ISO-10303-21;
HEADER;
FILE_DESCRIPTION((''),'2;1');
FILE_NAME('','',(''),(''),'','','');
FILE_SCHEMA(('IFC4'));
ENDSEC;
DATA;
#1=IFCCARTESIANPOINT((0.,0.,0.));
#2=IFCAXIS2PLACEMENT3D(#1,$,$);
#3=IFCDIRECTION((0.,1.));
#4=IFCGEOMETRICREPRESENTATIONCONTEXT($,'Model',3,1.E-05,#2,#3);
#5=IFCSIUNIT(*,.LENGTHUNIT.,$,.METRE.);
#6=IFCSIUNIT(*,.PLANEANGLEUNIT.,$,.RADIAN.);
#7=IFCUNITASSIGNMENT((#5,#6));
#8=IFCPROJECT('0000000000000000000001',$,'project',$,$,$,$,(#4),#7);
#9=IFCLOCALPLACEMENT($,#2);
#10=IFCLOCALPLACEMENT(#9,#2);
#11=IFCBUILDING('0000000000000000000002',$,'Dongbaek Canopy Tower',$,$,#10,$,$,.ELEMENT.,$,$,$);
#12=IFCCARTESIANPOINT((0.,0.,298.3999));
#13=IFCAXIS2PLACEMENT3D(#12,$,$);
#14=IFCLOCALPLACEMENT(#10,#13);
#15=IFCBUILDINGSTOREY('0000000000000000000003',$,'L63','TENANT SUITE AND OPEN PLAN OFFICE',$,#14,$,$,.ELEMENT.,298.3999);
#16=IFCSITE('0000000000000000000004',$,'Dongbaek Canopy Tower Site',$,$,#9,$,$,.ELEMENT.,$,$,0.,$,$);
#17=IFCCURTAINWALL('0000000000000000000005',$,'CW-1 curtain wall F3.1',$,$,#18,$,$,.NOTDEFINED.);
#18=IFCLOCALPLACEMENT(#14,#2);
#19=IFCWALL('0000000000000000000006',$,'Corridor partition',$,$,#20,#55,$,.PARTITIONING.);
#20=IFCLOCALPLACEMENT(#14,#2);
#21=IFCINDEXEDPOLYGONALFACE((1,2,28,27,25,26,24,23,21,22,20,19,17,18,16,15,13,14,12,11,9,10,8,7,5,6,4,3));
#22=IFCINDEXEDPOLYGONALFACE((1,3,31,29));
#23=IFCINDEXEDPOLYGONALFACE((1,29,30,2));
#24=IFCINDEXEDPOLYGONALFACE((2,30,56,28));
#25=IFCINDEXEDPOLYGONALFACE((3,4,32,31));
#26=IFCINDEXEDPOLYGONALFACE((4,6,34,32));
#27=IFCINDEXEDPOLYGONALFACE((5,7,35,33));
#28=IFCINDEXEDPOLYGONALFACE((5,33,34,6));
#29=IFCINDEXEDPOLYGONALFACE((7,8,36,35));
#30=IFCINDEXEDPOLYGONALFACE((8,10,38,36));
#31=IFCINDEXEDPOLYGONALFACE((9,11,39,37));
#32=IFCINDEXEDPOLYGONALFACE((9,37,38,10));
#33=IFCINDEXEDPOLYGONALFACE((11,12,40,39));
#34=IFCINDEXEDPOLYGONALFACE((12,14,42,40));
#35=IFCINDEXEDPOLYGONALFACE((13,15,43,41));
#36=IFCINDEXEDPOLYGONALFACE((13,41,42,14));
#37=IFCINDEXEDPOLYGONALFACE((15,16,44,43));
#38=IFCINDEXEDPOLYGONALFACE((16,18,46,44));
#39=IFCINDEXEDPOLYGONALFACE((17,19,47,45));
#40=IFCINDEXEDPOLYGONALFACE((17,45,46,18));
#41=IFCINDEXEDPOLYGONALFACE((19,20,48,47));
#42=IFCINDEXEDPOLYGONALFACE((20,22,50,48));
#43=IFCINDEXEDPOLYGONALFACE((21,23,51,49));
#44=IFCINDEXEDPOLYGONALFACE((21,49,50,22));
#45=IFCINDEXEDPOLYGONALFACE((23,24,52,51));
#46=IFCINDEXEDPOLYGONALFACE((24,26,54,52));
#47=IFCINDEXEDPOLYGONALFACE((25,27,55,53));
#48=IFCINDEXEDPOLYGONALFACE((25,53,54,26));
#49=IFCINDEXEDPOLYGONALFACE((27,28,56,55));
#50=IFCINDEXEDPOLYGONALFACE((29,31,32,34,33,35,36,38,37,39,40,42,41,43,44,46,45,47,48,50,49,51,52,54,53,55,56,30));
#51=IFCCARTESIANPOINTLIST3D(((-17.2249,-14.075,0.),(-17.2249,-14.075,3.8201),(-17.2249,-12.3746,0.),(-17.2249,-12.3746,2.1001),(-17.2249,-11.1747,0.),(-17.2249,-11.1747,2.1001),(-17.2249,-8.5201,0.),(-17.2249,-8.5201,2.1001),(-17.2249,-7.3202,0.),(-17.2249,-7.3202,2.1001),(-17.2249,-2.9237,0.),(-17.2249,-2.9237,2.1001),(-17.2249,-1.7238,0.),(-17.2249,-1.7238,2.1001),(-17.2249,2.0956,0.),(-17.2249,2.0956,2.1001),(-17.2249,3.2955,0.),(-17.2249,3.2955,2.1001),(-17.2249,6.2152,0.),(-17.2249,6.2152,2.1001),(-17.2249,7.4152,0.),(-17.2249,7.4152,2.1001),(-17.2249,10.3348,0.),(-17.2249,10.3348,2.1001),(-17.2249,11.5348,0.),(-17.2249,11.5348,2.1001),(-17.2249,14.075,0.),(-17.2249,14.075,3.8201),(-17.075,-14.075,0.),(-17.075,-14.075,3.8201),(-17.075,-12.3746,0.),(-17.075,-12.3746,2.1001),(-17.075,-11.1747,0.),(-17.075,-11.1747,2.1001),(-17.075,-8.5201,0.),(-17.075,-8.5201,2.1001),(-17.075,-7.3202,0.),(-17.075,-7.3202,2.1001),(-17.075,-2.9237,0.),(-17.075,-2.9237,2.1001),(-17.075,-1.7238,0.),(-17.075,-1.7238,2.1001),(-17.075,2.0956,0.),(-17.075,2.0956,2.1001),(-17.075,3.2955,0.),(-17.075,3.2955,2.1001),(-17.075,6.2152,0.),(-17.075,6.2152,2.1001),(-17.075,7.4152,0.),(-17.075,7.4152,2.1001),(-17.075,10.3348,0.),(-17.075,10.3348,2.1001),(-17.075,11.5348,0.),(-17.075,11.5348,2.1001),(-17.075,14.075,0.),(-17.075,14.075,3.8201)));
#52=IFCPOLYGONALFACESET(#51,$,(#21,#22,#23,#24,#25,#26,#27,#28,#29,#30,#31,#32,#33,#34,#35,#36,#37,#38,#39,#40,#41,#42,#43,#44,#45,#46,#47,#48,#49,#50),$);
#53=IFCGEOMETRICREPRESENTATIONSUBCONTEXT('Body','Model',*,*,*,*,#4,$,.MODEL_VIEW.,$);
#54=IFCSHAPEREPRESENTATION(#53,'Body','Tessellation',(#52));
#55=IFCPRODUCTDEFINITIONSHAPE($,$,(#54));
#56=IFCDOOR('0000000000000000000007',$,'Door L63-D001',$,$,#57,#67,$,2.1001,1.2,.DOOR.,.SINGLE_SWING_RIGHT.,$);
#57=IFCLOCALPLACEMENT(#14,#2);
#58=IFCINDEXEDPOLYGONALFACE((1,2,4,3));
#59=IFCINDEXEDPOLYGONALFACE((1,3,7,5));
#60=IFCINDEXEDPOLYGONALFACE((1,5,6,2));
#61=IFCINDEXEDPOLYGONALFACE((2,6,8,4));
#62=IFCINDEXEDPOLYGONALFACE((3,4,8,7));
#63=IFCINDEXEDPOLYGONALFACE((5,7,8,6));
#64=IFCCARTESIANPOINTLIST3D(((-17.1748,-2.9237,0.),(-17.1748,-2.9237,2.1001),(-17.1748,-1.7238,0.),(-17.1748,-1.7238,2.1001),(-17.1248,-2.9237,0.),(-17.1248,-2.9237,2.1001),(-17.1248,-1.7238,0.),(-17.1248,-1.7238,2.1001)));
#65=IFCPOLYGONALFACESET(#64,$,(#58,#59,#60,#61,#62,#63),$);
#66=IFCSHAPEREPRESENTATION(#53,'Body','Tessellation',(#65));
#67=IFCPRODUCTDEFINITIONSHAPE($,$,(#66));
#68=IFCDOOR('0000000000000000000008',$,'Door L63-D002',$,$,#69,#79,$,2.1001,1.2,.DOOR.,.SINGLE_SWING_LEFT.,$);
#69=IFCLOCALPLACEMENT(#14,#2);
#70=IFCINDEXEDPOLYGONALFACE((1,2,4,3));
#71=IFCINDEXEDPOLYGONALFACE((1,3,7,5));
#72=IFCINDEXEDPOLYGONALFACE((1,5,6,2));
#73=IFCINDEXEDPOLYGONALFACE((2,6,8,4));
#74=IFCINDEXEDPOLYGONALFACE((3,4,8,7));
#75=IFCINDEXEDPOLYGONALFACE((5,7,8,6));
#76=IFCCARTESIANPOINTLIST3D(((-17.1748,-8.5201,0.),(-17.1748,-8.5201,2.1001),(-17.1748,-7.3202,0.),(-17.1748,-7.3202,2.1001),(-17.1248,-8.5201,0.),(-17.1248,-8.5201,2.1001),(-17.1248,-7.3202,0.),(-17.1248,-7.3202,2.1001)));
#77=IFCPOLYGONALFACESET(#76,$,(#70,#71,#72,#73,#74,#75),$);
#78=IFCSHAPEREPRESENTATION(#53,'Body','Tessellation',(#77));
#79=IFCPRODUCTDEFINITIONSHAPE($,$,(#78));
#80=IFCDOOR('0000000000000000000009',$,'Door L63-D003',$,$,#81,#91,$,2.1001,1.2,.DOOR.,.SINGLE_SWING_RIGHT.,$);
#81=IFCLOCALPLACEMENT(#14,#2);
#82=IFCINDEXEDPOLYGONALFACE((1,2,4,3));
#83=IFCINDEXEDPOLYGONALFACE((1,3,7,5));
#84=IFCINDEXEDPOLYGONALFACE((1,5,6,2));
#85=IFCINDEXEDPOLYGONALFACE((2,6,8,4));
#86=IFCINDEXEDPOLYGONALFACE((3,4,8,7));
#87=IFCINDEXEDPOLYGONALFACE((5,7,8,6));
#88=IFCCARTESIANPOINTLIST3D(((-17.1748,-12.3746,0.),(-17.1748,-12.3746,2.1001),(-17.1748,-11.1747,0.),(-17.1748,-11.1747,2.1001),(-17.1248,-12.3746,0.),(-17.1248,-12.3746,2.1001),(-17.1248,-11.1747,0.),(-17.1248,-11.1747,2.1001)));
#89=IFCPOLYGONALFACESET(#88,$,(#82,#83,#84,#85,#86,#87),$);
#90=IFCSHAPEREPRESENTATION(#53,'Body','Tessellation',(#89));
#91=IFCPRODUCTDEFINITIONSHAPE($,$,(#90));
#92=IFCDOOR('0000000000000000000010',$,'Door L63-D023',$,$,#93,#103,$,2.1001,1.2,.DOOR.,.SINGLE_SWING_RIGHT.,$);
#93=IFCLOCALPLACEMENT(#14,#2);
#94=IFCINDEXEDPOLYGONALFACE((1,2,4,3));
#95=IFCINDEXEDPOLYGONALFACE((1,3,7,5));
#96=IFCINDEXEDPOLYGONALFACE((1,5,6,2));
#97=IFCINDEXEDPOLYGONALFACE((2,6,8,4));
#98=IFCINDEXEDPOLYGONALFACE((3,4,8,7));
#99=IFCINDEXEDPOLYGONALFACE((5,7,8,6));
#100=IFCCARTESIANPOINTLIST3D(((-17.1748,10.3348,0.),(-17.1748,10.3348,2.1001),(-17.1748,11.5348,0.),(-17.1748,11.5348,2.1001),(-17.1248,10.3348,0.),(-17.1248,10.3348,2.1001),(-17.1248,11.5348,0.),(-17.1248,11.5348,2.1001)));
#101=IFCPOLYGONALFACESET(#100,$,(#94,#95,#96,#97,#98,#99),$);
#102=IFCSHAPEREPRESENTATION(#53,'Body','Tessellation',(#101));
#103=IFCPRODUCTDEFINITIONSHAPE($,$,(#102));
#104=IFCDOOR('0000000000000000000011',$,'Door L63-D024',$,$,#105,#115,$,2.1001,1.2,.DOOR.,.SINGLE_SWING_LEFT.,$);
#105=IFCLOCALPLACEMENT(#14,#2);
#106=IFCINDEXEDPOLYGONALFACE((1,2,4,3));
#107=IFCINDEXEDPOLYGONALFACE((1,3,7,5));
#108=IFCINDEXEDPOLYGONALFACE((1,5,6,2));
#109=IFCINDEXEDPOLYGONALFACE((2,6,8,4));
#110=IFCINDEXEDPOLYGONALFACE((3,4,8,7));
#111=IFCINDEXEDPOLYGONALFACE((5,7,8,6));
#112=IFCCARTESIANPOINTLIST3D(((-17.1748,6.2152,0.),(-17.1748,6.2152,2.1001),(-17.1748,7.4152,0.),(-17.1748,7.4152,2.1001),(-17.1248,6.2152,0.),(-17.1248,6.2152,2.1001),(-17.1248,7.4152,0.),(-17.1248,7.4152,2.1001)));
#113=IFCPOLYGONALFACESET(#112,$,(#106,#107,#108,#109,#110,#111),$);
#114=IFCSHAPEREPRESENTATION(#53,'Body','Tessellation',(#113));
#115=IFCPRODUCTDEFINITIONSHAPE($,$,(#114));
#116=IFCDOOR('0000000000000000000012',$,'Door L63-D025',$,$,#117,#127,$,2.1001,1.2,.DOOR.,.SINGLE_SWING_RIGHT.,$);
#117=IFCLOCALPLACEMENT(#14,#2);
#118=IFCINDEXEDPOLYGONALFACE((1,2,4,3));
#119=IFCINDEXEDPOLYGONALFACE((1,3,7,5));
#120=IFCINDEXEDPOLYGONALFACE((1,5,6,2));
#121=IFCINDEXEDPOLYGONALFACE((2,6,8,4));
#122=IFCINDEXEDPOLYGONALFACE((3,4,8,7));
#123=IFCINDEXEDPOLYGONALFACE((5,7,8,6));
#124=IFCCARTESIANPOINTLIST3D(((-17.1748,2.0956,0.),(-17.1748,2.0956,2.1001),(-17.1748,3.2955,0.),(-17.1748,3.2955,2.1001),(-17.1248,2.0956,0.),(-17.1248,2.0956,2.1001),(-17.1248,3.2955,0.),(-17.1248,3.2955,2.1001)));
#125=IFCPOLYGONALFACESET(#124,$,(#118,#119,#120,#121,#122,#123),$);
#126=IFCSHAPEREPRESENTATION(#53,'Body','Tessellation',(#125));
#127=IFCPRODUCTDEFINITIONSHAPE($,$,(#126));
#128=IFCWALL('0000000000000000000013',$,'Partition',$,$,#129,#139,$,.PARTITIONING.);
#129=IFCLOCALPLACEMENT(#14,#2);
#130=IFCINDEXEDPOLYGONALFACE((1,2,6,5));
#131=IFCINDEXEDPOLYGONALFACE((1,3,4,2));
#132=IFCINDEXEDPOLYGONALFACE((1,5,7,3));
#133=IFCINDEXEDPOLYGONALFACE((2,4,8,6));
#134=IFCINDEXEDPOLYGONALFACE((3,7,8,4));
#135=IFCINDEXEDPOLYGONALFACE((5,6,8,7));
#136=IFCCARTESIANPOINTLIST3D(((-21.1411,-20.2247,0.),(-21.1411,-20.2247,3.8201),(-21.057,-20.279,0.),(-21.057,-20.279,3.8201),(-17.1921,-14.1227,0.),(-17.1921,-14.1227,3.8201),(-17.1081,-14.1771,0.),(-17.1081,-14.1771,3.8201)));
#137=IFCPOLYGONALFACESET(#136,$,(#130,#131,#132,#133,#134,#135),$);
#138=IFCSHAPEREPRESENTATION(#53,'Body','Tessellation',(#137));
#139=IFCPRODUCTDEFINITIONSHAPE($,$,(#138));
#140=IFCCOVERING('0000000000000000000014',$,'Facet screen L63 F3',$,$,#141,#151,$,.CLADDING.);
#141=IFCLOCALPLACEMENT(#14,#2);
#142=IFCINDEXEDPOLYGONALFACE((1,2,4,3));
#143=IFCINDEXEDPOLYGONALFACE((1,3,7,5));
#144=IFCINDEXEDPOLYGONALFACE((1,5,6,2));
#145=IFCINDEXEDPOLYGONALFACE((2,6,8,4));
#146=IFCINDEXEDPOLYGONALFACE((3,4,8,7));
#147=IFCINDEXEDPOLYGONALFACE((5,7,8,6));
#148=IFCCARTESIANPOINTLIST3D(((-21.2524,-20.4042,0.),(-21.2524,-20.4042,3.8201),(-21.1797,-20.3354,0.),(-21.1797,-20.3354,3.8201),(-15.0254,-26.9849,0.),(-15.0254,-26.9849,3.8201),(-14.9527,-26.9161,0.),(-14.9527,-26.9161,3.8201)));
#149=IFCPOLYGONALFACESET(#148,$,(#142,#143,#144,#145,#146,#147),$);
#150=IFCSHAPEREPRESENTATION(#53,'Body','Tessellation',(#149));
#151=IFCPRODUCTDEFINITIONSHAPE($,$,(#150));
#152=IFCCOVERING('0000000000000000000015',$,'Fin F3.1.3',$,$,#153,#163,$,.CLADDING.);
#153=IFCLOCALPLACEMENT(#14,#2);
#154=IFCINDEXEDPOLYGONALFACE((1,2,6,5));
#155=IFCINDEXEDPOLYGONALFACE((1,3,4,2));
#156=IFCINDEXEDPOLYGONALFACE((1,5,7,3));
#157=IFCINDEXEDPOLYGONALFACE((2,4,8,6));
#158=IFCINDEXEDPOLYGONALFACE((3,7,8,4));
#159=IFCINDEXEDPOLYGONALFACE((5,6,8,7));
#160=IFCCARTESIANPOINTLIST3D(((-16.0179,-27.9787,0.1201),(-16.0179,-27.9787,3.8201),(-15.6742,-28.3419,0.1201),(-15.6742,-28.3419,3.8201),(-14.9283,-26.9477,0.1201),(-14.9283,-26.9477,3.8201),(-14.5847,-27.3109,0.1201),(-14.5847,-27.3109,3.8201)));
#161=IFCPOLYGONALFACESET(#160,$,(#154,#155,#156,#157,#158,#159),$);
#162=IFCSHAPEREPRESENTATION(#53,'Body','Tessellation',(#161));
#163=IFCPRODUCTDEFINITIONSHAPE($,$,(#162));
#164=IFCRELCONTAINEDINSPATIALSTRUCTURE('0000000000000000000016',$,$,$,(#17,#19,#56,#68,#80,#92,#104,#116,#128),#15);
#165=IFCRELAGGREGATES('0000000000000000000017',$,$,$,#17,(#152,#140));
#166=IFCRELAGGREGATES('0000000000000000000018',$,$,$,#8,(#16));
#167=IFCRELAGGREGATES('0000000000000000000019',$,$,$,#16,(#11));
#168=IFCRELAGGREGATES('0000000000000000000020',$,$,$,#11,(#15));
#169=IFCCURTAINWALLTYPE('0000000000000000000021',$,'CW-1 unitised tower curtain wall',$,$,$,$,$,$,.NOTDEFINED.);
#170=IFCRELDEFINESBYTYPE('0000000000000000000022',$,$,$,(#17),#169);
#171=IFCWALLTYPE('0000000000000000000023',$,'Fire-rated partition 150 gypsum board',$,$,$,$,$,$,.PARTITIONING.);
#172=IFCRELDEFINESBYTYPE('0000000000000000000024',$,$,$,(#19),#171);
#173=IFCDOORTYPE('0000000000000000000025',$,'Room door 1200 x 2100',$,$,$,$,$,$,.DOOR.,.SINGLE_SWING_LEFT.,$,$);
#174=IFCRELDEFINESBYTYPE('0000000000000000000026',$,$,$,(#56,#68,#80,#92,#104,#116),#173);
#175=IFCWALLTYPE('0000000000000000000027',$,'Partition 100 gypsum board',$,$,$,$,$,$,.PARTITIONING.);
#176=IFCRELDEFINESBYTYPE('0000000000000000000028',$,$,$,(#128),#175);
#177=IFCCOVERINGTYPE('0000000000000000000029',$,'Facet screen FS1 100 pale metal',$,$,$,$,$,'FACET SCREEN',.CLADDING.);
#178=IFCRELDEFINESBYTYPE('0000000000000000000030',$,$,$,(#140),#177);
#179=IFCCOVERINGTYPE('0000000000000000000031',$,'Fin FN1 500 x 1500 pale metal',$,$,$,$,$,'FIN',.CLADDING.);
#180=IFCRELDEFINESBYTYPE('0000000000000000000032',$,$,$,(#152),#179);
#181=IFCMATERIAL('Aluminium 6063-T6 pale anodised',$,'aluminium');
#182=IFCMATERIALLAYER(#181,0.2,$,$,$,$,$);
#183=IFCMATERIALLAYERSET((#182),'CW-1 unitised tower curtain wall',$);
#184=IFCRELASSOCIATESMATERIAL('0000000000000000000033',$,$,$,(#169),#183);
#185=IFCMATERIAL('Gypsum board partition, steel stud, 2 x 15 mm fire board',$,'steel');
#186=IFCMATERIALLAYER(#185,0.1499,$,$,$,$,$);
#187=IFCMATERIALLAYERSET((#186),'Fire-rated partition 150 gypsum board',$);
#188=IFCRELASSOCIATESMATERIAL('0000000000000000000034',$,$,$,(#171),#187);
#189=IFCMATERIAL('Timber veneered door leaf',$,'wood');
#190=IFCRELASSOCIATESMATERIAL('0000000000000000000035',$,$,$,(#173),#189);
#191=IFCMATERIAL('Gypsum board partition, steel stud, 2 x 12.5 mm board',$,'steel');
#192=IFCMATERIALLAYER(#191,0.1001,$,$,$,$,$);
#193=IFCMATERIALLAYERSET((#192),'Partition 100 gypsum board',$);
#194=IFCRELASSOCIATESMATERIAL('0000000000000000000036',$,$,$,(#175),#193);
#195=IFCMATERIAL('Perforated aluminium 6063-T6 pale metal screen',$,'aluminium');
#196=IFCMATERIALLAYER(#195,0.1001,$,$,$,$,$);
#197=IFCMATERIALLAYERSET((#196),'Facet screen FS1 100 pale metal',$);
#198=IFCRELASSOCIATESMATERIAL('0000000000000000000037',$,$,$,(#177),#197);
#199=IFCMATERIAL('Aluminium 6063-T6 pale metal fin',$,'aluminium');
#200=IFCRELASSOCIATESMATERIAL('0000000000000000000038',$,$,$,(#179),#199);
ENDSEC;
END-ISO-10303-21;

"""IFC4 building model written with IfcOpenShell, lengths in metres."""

from ifc_helpers import new_model, si_unit, direction, frame, frame_2d, origin, origin_2d, place, context, subcontext, project, spatial, rectangle, extrude, material, layer, layer_set, material_profile, profile_set, type_object, element, fill, aggregate, save


model = new_model("IFC4")

# Units and contexts
model_context = context("Model", 3, precision=1e-05, world=origin(), true_north=direction((0.0, 1.0)))
body_context = subcontext(model_context, "Body", "Model", "MODEL_VIEW")
ifc_project = project(units=[si_unit("LENGTHUNIT", "METRE"), si_unit("PLANEANGLEUNIT", "RADIAN")], contexts=[model_context])

# Site, building, storey
site_placement = place(None, origin())
site = spatial("IfcSite", under=ifc_project, at=site_placement, Name="Dongbaek Canopy Tower Site", CompositionType="ELEMENT", RefElevation=0.0)
building_placement = place(site_placement, origin())
building = spatial("IfcBuilding", under=site, at=building_placement, Name="Dongbaek Canopy Tower", CompositionType="ELEMENT")
storey_placement = place(building_placement, frame((0.0, 0.0, 298.3999)))
storey = spatial("IfcBuildingStorey", under=building, at=storey_placement, Name="L63", Description="TENANT SUITE AND OPEN PLAN OFFICE", CompositionType="ELEMENT", Elevation=298.3999)

# Curtain wall
ifc_material_1 = material(Name="Aluminium 6063-T6 pale anodised", Category="aluminium")
ifc_layer_1 = layer(ifc_material_1, 0.2)
ifc_layer_set_1 = layer_set([ifc_layer_1], Name="CW-1 unitised tower curtain wall")
curtain_wall_type = type_object("IfcCurtainWallType", Name="CW-1 unitised tower curtain wall", PredefinedType="NOTDEFINED", material=ifc_layer_set_1)
curtain_wall_placement = place(storey_placement, origin())
curtain_wall = element("IfcCurtainWall", 1, at=curtain_wall_placement, inside=storey, type_object=curtain_wall_type, Name="CW-1 curtain wall F3.1", PredefinedType="NOTDEFINED")

# Wall, openings, doors
ifc_material_2 = material(Name="Gypsum board partition, steel stud, 2 x 15 mm fire board", Category="steel")
ifc_layer_2 = layer(ifc_material_2, 0.1499)
ifc_layer_set_2 = layer_set([ifc_layer_2], Name="Fire-rated partition 150 gypsum board")
wall_type_1 = type_object("IfcWallType", Name="Fire-rated partition 150 gypsum board", PredefinedType="PARTITIONING", material=ifc_layer_set_2)
wall_1_placement = place(storey_placement, frame((-17.1499, -14.075, 0.0), z_axis=(0.0, 0.0, 1.0), x_axis=(0.0, 1.0, 0.0)))
wall_1 = element("IfcWall", 2, at=wall_1_placement, inside=storey, type_object=wall_type_1, Name="Corridor partition", PredefinedType="PARTITIONING", context=body_context, shape_type="SweptSolid", body=[
    extrude(rectangle(XDim=28.1499, YDim=0.1499, at=frame_2d((14.075, 0.0))), origin(), (0.0, 0.0, 1.0), 3.8201),
])
opening_1_placement = place(wall_1_placement, frame((11.1511, 0.0, 0.0)))
opening_1 = element("IfcOpeningElement", 3, at=opening_1_placement, cuts=wall_1, PredefinedType="OPENING", context=body_context, shape_type="SweptSolid", body=[
    extrude(rectangle(XDim=1.2, YDim=2.1001, at=frame_2d((0.6001, 1.05))), frame((0.0, 0.085, 0.0), z_axis=(0.0, -1.0, 0.0), x_axis=(1.0, 0.0, 0.0)), (0.0, 0.0, 1.0), 0.1699),
])
opening_2_placement = place(wall_1_placement, frame((5.5547, 0.0, 0.0)))
opening_2 = element("IfcOpeningElement", 4, at=opening_2_placement, cuts=wall_1, PredefinedType="OPENING", context=body_context, shape_type="SweptSolid", body=[
    extrude(rectangle(XDim=1.2, YDim=2.1001, at=frame_2d((0.6001, 1.05))), frame((0.0, 0.085, 0.0), z_axis=(0.0, -1.0, 0.0), x_axis=(1.0, 0.0, 0.0)), (0.0, 0.0, 1.0), 0.1699),
])
opening_3_placement = place(wall_1_placement, frame((1.7002, 0.0, 0.0)))
opening_3 = element("IfcOpeningElement", 5, at=opening_3_placement, cuts=wall_1, PredefinedType="OPENING", context=body_context, shape_type="SweptSolid", body=[
    extrude(rectangle(XDim=1.2, YDim=2.1001, at=frame_2d((0.6001, 1.05))), frame((0.0, 0.085, 0.0), z_axis=(0.0, -1.0, 0.0), x_axis=(1.0, 0.0, 0.0)), (0.0, 0.0, 1.0), 0.1699),
])
opening_4_placement = place(wall_1_placement, frame((24.4097, 0.0, 0.0)))
opening_4 = element("IfcOpeningElement", 6, at=opening_4_placement, cuts=wall_1, PredefinedType="OPENING", context=body_context, shape_type="SweptSolid", body=[
    extrude(rectangle(XDim=1.2, YDim=2.1001, at=frame_2d((0.6001, 1.05))), frame((0.0, 0.085, 0.0), z_axis=(0.0, -1.0, 0.0), x_axis=(1.0, 0.0, 0.0)), (0.0, 0.0, 1.0), 0.1699),
])
opening_5_placement = place(wall_1_placement, frame((20.29, 0.0, 0.0)))
opening_5 = element("IfcOpeningElement", 7, at=opening_5_placement, cuts=wall_1, PredefinedType="OPENING", context=body_context, shape_type="SweptSolid", body=[
    extrude(rectangle(XDim=1.2, YDim=2.1001, at=frame_2d((0.6001, 1.05))), frame((0.0, 0.085, 0.0), z_axis=(0.0, -1.0, 0.0), x_axis=(1.0, 0.0, 0.0)), (0.0, 0.0, 1.0), 0.1699),
])
opening_6_placement = place(wall_1_placement, frame((16.1704, 0.0, 0.0)))
opening_6 = element("IfcOpeningElement", 8, at=opening_6_placement, cuts=wall_1, PredefinedType="OPENING", context=body_context, shape_type="SweptSolid", body=[
    extrude(rectangle(XDim=1.2, YDim=2.1001, at=frame_2d((0.6001, 1.05))), frame((0.0, 0.085, 0.0), z_axis=(0.0, -1.0, 0.0), x_axis=(1.0, 0.0, 0.0)), (0.0, 0.0, 1.0), 0.1699),
])
ifc_material_3 = material(Name="Timber veneered door leaf", Category="wood")
door_type = type_object("IfcDoorType", Name="Room door 1200 x 2100", OperationType="SINGLE_SWING_LEFT", PredefinedType="DOOR", material=ifc_material_3)
door_1_placement = place(opening_1_placement, origin())
door_1 = element("IfcDoor", 9, at=door_1_placement, inside=storey, type_object=door_type, Name="Door L63-D001", OperationType="SINGLE_SWING_RIGHT", OverallHeight=2.1001, OverallWidth=1.2, PredefinedType="DOOR", context=body_context, shape_type="SweptSolid", body=[
    extrude(rectangle(XDim=1.2, YDim=2.1001, at=frame_2d((0.6001, 1.05))), frame((0.0, 0.0249, 0.0), z_axis=(0.0, -1.0, 0.0), x_axis=(1.0, 0.0, 0.0)), (0.0, 0.0, 1.0), 0.05),
])
fill(opening_1, door_1)
door_2_placement = place(opening_2_placement, origin())
door_2 = element("IfcDoor", 10, at=door_2_placement, inside=storey, type_object=door_type, Name="Door L63-D002", OperationType="SINGLE_SWING_LEFT", OverallHeight=2.1001, OverallWidth=1.2, PredefinedType="DOOR", context=body_context, shape_type="SweptSolid", body=[
    extrude(rectangle(XDim=1.2, YDim=2.1001, at=frame_2d((0.6001, 1.05))), frame((0.0, 0.0249, 0.0), z_axis=(0.0, -1.0, 0.0), x_axis=(1.0, 0.0, 0.0)), (0.0, 0.0, 1.0), 0.05),
])
fill(opening_2, door_2)
door_3_placement = place(opening_3_placement, origin())
door_3 = element("IfcDoor", 11, at=door_3_placement, inside=storey, type_object=door_type, Name="Door L63-D003", OperationType="SINGLE_SWING_RIGHT", OverallHeight=2.1001, OverallWidth=1.2, PredefinedType="DOOR", context=body_context, shape_type="SweptSolid", body=[
    extrude(rectangle(XDim=1.2, YDim=2.1001, at=frame_2d((0.6001, 1.05))), frame((0.0, 0.0249, 0.0), z_axis=(0.0, -1.0, 0.0), x_axis=(1.0, 0.0, 0.0)), (0.0, 0.0, 1.0), 0.05),
])
fill(opening_3, door_3)
door_4_placement = place(opening_4_placement, origin())
door_4 = element("IfcDoor", 12, at=door_4_placement, inside=storey, type_object=door_type, Name="Door L63-D023", OperationType="SINGLE_SWING_RIGHT", OverallHeight=2.1001, OverallWidth=1.2, PredefinedType="DOOR", context=body_context, shape_type="SweptSolid", body=[
    extrude(rectangle(XDim=1.2, YDim=2.1001, at=frame_2d((0.6001, 1.05))), frame((0.0, 0.0249, 0.0), z_axis=(0.0, -1.0, 0.0), x_axis=(1.0, 0.0, 0.0)), (0.0, 0.0, 1.0), 0.05),
])
fill(opening_4, door_4)
door_5_placement = place(opening_5_placement, origin())
door_5 = element("IfcDoor", 13, at=door_5_placement, inside=storey, type_object=door_type, Name="Door L63-D024", OperationType="SINGLE_SWING_LEFT", OverallHeight=2.1001, OverallWidth=1.2, PredefinedType="DOOR", context=body_context, shape_type="SweptSolid", body=[
    extrude(rectangle(XDim=1.2, YDim=2.1001, at=frame_2d((0.6001, 1.05))), frame((0.0, 0.0249, 0.0), z_axis=(0.0, -1.0, 0.0), x_axis=(1.0, 0.0, 0.0)), (0.0, 0.0, 1.0), 0.05),
])
fill(opening_5, door_5)
door_6_placement = place(opening_6_placement, origin())
door_6 = element("IfcDoor", 14, at=door_6_placement, inside=storey, type_object=door_type, Name="Door L63-D025", OperationType="SINGLE_SWING_RIGHT", OverallHeight=2.1001, OverallWidth=1.2, PredefinedType="DOOR", context=body_context, shape_type="SweptSolid", body=[
    extrude(rectangle(XDim=1.2, YDim=2.1001, at=frame_2d((0.6001, 1.05))), frame((0.0, 0.0249, 0.0), z_axis=(0.0, -1.0, 0.0), x_axis=(1.0, 0.0, 0.0)), (0.0, 0.0, 1.0), 0.05),
])
fill(opening_6, door_6)

# Wall
ifc_material_4 = material(Name="Gypsum board partition, steel stud, 2 x 12.5 mm board", Category="steel")
ifc_layer_3 = layer(ifc_material_4, 0.1001)
ifc_layer_set_3 = layer_set([ifc_layer_3], Name="Partition 100 gypsum board")
wall_type_2 = type_object("IfcWallType", Name="Partition 100 gypsum board", PredefinedType="PARTITIONING", material=ifc_layer_set_3)
wall_2_placement = place(storey_placement, frame((-21.0991, -20.252, 0.0), z_axis=(0.0, 0.0, 1.0), x_axis=(0.543308, 0.839533, 0.0)))
element("IfcWall", 15, at=wall_2_placement, inside=storey, type_object=wall_type_2, Name="Partition", PredefinedType="PARTITIONING", context=body_context, shape_type="SweptSolid", body=[
    extrude(rectangle(XDim=7.2683, YDim=0.1001, at=frame_2d((3.6343, 0.0))), origin(), (0.0, 0.0, 1.0), 3.8201),
])

# Coverings
ifc_material_5 = material(Name="Perforated aluminium 6063-T6 pale metal screen", Category="aluminium")
ifc_layer_4 = layer(ifc_material_5, 0.1001)
ifc_layer_set_4 = layer_set([ifc_layer_4], Name="Facet screen FS1 100 pale metal")
covering_type_1 = type_object("IfcCoveringType", Name="Facet screen FS1 100 pale metal", ElementType="FACET SCREEN", PredefinedType="CLADDING", material=ifc_layer_set_4)
covering_1_placement = place(storey_placement, frame((-18.1025, -23.6602, 0.0), z_axis=(0.0, 0.0, 1.0), x_axis=(0.68732, -0.726355, 0.0)))
covering_1 = element("IfcCovering", 16, at=covering_1_placement, type_object=covering_type_1, Name="Facet screen L63 F3", PredefinedType="CLADDING", context=body_context, shape_type="SweptSolid", body=[
    extrude(rectangle(XDim=9.0598, YDim=0.1001, at=origin_2d()), origin(), (0.0, 0.0, 1.0), 3.8201),
])
ifc_material_6 = material(Name="Aluminium 6063-T6 pale metal fin", Category="aluminium")
ifc_material_profile_1 = material_profile(ifc_material_6, rectangle(XDim=1.5, YDim=0.5, at=origin_2d()), Name="Fin FN1 500 x 1500 pale metal")
ifc_profile_set_1 = profile_set([ifc_material_profile_1], Name="Aluminium 6063-T6 pale metal fin")
covering_type_2 = type_object("IfcCoveringType", Name="Fin FN1 500 x 1500 pale metal", ElementType="FIN", PredefinedType="CLADDING", material=ifc_profile_set_1)
covering_2_placement = place(storey_placement, frame((-15.3013, -27.6448, 0.1201), z_axis=(0.0, 0.0, 1.0), x_axis=(-0.726355, -0.68732, 0.0)))
covering_2 = element("IfcCovering", 17, at=covering_2_placement, type_object=covering_type_2, Name="Fin F3.1.3", PredefinedType="CLADDING", context=body_context, shape_type="SweptSolid", body=[
    extrude(rectangle(XDim=1.5, YDim=0.5, at=origin_2d()), origin(), (0.0, 0.0, 1.0), 3.7),
])
aggregate(curtain_wall, [covering_2, covering_1])

save(model, "model.ifc")
